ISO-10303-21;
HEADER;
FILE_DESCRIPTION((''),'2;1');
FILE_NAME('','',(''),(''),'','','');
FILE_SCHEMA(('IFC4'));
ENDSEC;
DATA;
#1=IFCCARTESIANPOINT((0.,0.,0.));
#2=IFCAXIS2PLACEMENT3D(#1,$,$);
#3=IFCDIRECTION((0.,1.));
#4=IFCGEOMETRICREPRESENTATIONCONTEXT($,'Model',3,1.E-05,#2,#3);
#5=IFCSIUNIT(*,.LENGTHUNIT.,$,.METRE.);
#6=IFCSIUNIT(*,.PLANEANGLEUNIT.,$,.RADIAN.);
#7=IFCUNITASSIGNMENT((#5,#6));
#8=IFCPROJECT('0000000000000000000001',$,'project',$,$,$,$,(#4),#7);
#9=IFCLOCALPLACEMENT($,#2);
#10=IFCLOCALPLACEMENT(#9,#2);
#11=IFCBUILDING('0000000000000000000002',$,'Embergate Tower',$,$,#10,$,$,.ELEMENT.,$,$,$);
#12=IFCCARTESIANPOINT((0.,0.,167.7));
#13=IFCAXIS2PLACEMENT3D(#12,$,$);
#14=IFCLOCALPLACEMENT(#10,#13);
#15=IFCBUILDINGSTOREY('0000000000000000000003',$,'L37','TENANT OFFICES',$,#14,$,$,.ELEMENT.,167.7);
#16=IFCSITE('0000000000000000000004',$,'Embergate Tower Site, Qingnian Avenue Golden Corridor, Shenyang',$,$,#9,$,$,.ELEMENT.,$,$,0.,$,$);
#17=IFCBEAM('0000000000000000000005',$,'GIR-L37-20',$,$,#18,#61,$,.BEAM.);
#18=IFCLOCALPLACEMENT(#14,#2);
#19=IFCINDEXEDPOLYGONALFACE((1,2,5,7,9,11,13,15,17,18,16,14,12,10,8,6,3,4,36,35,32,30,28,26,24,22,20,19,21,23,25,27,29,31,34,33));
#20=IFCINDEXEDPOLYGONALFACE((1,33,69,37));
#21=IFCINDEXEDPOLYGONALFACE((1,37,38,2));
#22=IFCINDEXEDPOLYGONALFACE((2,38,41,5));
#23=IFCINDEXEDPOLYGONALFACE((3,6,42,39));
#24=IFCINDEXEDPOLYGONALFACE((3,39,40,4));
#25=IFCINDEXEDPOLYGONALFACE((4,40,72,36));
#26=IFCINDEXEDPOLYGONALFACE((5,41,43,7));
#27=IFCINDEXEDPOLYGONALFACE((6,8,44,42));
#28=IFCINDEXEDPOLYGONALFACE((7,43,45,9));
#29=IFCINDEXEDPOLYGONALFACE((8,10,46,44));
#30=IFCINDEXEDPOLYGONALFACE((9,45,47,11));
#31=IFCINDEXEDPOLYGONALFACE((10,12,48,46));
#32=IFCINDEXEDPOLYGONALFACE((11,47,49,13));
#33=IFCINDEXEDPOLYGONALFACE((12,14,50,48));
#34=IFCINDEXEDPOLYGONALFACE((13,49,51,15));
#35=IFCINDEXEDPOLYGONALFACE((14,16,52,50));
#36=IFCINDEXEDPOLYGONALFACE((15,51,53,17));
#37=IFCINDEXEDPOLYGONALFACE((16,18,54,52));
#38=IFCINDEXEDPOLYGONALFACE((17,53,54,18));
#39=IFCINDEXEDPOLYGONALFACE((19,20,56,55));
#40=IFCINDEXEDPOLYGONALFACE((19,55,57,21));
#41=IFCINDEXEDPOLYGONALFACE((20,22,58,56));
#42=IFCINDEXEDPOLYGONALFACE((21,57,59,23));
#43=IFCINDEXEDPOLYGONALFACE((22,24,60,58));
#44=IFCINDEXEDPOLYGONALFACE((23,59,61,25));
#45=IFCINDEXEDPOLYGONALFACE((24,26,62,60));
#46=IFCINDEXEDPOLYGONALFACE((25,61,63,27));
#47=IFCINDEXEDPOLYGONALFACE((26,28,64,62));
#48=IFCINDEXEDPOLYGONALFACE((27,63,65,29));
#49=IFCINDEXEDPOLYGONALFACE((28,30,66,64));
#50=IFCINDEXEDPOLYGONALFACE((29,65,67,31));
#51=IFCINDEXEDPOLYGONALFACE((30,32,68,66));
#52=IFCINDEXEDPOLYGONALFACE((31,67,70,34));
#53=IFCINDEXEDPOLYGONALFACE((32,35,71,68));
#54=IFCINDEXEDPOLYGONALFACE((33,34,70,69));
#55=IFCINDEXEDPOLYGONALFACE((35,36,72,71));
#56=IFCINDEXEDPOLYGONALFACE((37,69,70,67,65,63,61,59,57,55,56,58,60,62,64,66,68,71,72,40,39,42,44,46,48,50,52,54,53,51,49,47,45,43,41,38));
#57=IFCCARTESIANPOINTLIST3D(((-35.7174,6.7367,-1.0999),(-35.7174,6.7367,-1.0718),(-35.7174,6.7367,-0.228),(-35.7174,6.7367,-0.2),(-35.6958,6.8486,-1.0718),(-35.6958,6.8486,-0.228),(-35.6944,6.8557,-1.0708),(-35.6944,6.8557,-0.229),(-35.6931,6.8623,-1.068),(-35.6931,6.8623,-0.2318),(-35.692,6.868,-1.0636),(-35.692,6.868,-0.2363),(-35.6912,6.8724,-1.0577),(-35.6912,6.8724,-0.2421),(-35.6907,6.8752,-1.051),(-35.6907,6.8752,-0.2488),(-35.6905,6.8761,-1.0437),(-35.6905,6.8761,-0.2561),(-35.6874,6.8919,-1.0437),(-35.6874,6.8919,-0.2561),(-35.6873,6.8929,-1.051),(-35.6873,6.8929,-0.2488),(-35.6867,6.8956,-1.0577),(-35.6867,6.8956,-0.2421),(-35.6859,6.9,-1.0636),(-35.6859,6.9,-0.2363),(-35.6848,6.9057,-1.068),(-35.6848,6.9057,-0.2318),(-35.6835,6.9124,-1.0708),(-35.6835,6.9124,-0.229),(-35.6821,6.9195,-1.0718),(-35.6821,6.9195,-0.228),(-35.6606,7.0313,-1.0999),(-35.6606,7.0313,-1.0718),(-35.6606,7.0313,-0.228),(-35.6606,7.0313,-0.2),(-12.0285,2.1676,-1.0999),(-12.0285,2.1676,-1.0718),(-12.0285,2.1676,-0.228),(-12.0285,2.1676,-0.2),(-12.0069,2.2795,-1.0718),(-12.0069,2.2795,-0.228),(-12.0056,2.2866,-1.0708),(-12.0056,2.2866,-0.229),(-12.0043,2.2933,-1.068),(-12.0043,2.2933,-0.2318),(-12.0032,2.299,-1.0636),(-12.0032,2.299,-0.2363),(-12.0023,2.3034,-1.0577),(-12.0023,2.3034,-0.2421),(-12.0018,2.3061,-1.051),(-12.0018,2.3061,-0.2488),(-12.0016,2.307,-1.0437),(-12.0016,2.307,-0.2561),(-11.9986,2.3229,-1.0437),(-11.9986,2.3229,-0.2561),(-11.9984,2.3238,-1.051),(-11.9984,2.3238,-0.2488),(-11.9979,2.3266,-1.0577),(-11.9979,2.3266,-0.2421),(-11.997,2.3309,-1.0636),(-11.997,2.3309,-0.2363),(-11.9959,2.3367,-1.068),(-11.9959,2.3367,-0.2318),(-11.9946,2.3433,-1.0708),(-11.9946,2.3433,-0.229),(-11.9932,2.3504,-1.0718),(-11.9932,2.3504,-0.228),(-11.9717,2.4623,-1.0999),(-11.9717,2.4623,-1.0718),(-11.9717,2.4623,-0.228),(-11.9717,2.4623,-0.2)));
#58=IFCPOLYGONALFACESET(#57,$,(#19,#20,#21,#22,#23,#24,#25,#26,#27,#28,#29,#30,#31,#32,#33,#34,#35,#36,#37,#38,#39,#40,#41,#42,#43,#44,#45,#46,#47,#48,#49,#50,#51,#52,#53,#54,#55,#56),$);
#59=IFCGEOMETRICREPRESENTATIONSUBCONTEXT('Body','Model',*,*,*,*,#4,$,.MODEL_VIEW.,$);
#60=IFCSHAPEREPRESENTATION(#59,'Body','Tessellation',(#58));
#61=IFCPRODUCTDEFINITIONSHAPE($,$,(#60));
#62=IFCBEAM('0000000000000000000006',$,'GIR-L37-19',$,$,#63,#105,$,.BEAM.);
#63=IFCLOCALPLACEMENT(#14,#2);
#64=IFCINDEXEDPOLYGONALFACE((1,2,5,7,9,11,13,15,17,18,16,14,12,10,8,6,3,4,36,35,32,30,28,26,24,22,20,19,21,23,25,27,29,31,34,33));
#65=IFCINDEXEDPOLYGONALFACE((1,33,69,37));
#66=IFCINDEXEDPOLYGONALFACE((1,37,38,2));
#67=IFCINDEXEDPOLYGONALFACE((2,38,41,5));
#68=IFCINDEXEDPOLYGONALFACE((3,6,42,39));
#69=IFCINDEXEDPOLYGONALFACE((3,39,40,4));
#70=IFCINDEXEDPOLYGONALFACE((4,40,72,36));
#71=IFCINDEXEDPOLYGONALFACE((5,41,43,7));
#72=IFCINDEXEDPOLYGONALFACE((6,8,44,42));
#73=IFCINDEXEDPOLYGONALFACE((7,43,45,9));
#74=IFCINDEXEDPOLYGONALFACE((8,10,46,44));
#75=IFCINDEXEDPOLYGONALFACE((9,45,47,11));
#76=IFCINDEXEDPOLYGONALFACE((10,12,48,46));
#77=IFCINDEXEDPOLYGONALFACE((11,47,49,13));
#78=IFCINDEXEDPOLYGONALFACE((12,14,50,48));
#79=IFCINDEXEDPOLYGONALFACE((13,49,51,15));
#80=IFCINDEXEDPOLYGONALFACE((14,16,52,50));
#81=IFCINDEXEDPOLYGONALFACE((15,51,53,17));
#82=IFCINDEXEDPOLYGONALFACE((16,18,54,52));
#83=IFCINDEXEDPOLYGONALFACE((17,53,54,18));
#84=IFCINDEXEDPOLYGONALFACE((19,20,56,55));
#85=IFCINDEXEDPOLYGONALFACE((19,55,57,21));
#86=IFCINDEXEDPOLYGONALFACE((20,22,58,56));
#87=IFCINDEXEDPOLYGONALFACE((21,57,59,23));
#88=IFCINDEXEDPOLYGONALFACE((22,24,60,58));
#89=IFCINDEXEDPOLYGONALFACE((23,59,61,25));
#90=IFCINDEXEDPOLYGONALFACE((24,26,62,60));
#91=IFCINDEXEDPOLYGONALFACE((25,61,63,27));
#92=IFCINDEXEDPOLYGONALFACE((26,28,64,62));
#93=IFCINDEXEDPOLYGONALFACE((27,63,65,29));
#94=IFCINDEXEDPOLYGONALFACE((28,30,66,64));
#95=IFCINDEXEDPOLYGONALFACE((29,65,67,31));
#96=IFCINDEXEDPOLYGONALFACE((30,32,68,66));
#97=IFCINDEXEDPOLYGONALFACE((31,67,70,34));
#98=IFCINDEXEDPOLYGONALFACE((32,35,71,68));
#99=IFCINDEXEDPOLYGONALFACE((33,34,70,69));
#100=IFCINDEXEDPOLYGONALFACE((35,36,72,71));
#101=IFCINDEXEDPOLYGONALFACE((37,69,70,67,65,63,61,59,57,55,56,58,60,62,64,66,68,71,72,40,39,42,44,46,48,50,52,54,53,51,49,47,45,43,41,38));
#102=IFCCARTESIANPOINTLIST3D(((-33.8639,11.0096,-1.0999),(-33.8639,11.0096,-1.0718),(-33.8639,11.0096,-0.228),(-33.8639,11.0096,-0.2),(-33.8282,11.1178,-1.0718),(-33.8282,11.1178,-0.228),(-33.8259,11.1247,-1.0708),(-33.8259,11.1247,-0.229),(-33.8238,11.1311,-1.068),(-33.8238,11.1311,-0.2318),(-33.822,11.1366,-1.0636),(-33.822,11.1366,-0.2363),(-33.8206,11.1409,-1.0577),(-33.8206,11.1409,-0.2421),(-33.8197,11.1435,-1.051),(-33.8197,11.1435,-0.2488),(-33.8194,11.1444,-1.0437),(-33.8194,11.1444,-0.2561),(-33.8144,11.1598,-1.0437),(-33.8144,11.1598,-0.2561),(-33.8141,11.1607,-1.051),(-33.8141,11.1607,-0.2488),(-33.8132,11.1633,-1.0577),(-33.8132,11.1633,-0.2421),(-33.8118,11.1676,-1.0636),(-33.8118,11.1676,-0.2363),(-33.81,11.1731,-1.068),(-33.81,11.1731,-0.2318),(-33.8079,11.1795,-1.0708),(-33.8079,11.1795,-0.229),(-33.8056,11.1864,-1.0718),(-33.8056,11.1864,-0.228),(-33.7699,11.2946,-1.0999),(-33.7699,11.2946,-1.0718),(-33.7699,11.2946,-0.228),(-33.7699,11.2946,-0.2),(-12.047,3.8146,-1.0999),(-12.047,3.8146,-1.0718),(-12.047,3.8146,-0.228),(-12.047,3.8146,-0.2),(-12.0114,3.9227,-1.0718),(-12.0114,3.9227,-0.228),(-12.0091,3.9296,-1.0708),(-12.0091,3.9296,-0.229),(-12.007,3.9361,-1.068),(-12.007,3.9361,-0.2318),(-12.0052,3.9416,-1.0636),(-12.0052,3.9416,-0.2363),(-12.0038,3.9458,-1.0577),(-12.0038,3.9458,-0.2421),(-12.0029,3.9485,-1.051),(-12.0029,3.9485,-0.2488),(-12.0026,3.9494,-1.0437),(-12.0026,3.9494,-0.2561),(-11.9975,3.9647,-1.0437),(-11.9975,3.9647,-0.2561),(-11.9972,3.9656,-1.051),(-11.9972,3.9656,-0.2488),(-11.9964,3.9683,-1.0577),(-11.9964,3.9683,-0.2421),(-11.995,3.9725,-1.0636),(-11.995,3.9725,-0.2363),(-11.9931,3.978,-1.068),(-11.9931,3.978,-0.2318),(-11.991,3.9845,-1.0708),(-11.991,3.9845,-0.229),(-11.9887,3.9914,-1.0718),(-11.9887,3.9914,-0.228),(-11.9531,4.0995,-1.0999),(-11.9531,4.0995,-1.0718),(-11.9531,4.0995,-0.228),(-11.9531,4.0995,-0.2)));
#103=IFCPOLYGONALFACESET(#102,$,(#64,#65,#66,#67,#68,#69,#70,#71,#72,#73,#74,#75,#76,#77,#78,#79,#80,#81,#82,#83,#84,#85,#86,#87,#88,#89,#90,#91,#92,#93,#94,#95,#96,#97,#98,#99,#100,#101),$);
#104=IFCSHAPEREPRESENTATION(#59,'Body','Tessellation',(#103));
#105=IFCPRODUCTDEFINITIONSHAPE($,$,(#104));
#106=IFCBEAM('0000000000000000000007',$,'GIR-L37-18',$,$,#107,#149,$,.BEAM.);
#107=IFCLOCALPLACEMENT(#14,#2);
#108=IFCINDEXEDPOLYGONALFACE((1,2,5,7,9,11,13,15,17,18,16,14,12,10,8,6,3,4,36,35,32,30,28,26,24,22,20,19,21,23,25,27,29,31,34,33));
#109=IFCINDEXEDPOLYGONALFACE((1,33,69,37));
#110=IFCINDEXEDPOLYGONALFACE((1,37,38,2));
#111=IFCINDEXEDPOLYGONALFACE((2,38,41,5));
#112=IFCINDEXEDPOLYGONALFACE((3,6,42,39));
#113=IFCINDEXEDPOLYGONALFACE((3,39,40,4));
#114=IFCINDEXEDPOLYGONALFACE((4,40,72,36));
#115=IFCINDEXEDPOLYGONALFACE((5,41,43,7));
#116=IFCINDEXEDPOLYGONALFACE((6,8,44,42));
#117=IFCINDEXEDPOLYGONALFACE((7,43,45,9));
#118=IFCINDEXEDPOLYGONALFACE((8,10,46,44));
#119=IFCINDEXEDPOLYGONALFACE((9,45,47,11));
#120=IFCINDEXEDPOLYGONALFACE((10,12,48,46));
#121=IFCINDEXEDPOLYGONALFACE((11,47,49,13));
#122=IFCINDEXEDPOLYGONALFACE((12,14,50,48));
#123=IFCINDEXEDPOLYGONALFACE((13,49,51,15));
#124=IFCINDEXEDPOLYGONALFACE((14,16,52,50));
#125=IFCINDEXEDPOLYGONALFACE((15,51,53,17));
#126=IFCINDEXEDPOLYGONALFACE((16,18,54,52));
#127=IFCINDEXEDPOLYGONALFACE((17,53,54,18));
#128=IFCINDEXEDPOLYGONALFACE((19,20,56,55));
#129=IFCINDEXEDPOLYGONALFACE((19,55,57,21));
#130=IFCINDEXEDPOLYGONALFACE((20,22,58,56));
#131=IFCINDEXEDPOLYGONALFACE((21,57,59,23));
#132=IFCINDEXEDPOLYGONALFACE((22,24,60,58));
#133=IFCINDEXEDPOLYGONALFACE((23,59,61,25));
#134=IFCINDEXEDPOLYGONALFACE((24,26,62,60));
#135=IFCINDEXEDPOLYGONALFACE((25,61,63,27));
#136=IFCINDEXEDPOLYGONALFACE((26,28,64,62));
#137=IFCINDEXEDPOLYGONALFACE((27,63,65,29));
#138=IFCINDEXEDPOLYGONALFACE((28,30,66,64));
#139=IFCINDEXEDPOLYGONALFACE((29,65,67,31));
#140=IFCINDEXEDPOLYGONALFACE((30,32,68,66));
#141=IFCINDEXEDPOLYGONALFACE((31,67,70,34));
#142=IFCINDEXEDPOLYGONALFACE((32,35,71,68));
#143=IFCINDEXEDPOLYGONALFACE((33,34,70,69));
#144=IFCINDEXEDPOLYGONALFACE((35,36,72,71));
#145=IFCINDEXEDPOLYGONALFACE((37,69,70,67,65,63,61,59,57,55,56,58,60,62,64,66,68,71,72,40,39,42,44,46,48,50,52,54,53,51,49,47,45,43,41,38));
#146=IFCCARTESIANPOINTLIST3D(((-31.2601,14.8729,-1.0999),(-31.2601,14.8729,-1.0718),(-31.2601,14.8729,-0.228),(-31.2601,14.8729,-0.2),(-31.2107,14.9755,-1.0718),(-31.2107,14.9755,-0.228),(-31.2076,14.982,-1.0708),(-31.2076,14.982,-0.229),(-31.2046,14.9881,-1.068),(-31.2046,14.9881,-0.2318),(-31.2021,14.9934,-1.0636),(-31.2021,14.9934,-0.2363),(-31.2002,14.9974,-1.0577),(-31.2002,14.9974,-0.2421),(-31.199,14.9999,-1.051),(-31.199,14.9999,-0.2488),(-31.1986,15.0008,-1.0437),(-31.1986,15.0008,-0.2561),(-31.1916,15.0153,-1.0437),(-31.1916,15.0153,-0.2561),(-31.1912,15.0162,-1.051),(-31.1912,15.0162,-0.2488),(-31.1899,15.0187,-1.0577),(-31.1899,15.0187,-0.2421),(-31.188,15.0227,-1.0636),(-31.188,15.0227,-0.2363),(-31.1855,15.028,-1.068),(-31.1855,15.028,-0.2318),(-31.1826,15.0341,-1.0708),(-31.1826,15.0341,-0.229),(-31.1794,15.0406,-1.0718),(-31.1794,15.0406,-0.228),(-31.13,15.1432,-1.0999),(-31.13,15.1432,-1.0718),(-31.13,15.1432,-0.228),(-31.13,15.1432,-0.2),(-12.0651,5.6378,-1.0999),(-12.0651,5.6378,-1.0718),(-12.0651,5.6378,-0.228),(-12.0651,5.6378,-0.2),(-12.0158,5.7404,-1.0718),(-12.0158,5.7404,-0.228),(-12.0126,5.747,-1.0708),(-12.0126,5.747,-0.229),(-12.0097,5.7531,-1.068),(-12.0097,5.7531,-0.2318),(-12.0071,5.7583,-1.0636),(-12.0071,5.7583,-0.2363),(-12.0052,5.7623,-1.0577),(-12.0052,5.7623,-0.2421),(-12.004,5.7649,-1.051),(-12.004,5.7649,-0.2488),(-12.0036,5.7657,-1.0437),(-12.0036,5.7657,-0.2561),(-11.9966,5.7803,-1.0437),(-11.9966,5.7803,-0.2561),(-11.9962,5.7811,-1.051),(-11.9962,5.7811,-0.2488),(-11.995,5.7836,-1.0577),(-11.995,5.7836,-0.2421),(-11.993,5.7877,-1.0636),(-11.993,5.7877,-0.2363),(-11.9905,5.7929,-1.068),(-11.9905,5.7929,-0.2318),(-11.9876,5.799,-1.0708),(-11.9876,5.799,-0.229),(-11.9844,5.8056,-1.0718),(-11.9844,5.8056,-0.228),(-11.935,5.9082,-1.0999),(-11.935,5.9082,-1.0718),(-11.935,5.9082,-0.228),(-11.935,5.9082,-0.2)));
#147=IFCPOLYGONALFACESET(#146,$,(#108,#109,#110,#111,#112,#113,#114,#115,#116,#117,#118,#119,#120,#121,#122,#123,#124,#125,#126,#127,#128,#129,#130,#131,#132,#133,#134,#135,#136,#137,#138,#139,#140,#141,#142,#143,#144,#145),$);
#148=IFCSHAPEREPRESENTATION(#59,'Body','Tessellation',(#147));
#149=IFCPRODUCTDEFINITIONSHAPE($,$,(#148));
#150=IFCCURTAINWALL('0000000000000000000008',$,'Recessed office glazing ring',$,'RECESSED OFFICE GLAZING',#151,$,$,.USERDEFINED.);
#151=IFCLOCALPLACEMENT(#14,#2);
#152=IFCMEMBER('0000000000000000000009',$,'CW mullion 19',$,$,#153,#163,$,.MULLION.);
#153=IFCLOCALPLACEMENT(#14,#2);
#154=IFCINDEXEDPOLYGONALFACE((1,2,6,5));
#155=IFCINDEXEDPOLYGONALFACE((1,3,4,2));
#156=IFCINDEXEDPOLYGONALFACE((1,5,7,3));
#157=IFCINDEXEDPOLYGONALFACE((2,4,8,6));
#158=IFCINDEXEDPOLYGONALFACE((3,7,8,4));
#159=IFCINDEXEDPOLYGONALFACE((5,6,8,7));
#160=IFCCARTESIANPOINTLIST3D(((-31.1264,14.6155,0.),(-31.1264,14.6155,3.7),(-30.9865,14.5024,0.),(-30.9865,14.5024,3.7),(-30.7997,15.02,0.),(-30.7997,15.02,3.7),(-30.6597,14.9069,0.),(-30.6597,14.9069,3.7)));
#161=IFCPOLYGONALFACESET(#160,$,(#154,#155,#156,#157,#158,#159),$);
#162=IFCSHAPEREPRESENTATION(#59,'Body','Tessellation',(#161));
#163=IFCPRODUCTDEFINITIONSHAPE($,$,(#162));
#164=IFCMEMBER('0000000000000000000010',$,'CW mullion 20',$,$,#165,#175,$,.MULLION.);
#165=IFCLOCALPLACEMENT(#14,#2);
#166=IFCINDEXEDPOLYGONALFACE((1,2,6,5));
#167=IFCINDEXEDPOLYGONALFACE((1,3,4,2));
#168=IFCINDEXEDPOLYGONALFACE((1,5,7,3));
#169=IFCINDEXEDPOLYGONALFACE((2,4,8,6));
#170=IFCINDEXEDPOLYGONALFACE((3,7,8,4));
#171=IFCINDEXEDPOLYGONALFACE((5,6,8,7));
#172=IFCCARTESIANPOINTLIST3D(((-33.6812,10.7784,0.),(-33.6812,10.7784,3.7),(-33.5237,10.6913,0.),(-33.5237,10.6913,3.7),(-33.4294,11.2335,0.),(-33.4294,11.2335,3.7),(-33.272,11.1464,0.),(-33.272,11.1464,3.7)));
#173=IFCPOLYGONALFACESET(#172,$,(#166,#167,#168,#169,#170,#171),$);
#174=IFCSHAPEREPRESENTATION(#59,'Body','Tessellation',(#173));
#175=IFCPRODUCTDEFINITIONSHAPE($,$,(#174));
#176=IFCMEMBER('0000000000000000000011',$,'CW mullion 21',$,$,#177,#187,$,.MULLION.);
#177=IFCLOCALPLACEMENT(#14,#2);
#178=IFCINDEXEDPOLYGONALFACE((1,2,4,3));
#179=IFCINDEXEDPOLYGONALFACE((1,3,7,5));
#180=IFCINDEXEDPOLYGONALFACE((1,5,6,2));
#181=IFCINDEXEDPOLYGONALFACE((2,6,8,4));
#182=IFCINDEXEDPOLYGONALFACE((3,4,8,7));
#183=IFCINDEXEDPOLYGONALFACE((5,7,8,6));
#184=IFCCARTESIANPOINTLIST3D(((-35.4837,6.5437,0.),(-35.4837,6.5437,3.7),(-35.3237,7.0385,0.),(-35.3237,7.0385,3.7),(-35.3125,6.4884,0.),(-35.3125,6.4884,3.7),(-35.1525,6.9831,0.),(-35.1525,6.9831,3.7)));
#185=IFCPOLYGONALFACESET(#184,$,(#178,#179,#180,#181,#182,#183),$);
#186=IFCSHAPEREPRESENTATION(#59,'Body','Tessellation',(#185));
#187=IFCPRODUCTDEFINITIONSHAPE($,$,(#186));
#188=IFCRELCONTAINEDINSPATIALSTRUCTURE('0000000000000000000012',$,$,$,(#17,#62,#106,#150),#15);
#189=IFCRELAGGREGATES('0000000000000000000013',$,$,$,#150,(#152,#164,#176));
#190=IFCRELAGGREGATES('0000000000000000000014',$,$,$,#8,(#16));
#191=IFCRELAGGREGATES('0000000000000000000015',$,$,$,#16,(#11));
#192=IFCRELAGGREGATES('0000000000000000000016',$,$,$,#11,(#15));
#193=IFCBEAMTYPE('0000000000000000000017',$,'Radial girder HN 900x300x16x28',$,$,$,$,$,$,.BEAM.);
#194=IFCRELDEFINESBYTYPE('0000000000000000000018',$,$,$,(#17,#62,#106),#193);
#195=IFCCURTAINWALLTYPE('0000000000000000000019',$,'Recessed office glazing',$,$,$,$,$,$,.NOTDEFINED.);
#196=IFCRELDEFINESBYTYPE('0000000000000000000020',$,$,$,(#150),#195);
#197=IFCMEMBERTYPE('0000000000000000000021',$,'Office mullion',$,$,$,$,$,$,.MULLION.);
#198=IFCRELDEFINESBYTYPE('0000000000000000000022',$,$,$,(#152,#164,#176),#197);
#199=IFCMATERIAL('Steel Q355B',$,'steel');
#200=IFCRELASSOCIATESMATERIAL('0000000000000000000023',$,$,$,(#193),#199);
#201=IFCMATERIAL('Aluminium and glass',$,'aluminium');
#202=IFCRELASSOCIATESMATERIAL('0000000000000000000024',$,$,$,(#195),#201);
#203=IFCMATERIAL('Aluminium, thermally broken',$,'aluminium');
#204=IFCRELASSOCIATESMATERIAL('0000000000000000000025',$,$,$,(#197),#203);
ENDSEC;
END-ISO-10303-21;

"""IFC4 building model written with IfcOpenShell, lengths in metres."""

from ifc_helpers import new_model, si_unit, direction, frame, origin, origin_2d, place, context, subcontext, project, spatial, rectangle, i_section, extrude, source, transform, mapped, material, material_profile, profile_set, type_object, element, aggregate, save


model = new_model("IFC4")

# Units and contexts
model_context = context("Model", 3, precision=1e-05, world=origin(), true_north=direction((0.0, 1.0)))
body_context = subcontext(model_context, "Body", "Model", "MODEL_VIEW")
ifc_project = project(units=[si_unit("LENGTHUNIT", "METRE"), si_unit("PLANEANGLEUNIT", "RADIAN")], contexts=[model_context])

# Site, building, storey
site_placement = place(None, origin())
site = spatial("IfcSite", under=ifc_project, at=site_placement, Name="Embergate Tower Site, Qingnian Avenue Golden Corridor, Shenyang", CompositionType="ELEMENT", RefElevation=0.0)
building_placement = place(site_placement, origin())
building = spatial("IfcBuilding", under=site, at=building_placement, Name="Embergate Tower", CompositionType="ELEMENT")
storey_placement = place(building_placement, frame((0.0, 0.0, 167.7)))
storey = spatial("IfcBuildingStorey", under=building, at=storey_placement, Name="L37", Description="TENANT OFFICES", CompositionType="ELEMENT", Elevation=167.7)

# Beams
ifc_material_1 = material(Name="Steel Q355B", Category="steel")
ifc_material_profile_1 = material_profile(ifc_material_1, i_section(OverallWidth=0.3, OverallDepth=0.8999, WebThickness=0.0161, FlangeThickness=0.0281, FilletRadius=0.0281, at=origin_2d()), Name="HN 900x300x16x28")
ifc_profile_set_1 = profile_set([ifc_material_profile_1], Name="Steel Q355 grade B")
beam_type_1 = type_object("IfcBeamType", Name="Radial girder HN 900x300x16x28", PredefinedType="BEAM", material=ifc_profile_set_1)
shared_shape_1 = source(origin(), body_context, "Body", "SweptSolid", [
    extrude(i_section(OverallWidth=0.3, OverallDepth=0.8999, WebThickness=0.0161, FlangeThickness=0.0281, FilletRadius=0.0281, at=origin_2d()), origin(), (0.0, 0.0, 1.0), 24.1255),
])
beam_1_placement = place(storey_placement, frame((-35.689, 6.884, -0.6499), z_axis=(0.981902, -0.189388, 0.0), x_axis=(0.189388, 0.981902, 0.0)))
element("IfcBeam", 1, at=beam_1_placement, inside=storey, type_object=beam_type_1, Name="GIR-L37-20", PredefinedType="BEAM", context=body_context, shape_type="MappedRepresentation", body=[
    mapped(shared_shape_1, transform((0.0, 0.0, 0.0))),
])
shared_shape_2 = source(origin(), body_context, "Body", "SweptSolid", [
    extrude(i_section(OverallWidth=0.3, OverallDepth=0.8999, WebThickness=0.0161, FlangeThickness=0.0281, FilletRadius=0.0281, at=origin_2d()), origin(), (0.0, 0.0, 1.0), 22.9727),
])
beam_2_placement = place(storey_placement, frame((-33.8169, 11.1521, -0.6499), z_axis=(0.949687, -0.313201, 0.0), x_axis=(0.313201, 0.949687, 0.0)))
element("IfcBeam", 2, at=beam_2_placement, inside=storey, type_object=beam_type_1, Name="GIR-L37-19", PredefinedType="BEAM", context=body_context, shape_type="MappedRepresentation", body=[
    mapped(shared_shape_2, transform((0.0, 0.0, 0.0))),
])
shared_shape_3 = source(origin(), body_context, "Body", "SweptSolid", [
    extrude(i_section(OverallWidth=0.3, OverallDepth=0.8999, WebThickness=0.0161, FlangeThickness=0.0281, FilletRadius=0.0281, at=origin_2d()), origin(), (0.0, 0.0, 1.0), 21.301),
])
beam_3_placement = place(storey_placement, frame((-31.1951, 15.0081, -0.6499), z_axis=(0.901129, -0.43355, 0.0), x_axis=(0.43355, 0.901129, 0.0)))
element("IfcBeam", 3, at=beam_3_placement, inside=storey, type_object=beam_type_1, Name="GIR-L37-18", PredefinedType="BEAM", context=body_context, shape_type="MappedRepresentation", body=[
    mapped(shared_shape_3, transform((0.0, 0.0, 0.0))),
])

# Curtain wall, members
ifc_material_2 = material(Name="Aluminium and glass", Category="aluminium")
curtain_wall_type = type_object("IfcCurtainWallType", Name="Recessed office glazing", PredefinedType="NOTDEFINED", material=ifc_material_2)
curtain_wall_placement = place(storey_placement, origin())
curtain_wall = element("IfcCurtainWall", 4, at=curtain_wall_placement, inside=storey, type_object=curtain_wall_type, Name="Recessed office glazing ring", ObjectType="RECESSED OFFICE GLAZING", PredefinedType="USERDEFINED")
ifc_material_3 = material(Name="Aluminium, thermally broken", Category="aluminium")
ifc_material_profile_2 = material_profile(ifc_material_3, rectangle(XDim=0.1799, YDim=0.52, at=origin_2d()), Name="AL 520x180")
ifc_profile_set_2 = profile_set([ifc_material_profile_2], Name="Aluminium, thermally broken")
member_type_1 = type_object("IfcMemberType", Name="Office mullion", PredefinedType="MULLION", material=ifc_profile_set_2)
shared_shape_4 = source(origin(), body_context, "Body", "SweptSolid", [
    extrude(rectangle(XDim=0.1799, YDim=0.52, at=origin_2d()), origin(), (0.0, 0.0, 1.0), 3.7),
])
member_1_placement = place(storey_placement, frame((-30.8931, 14.7612, 0.0), z_axis=(0.0, 0.0, 1.0), x_axis=(0.777873, -0.628422, 0.0)))
member_1 = element("IfcMember", 5, at=member_1_placement, type_object=member_type_1, Name="CW mullion 19", PredefinedType="MULLION", context=body_context, shape_type="MappedRepresentation", body=[
    mapped(shared_shape_4, transform((0.0, 0.0, 0.0))),
])
member_2_placement = place(storey_placement, frame((-33.4766, 10.9624, 0.0), z_axis=(0.0, 0.0, 1.0), x_axis=(0.875002, -0.484119, 0.0)))
member_2 = element("IfcMember", 6, at=member_2_placement, type_object=member_type_1, Name="CW mullion 20", PredefinedType="MULLION", context=body_context, shape_type="MappedRepresentation", body=[
    mapped(shared_shape_4, transform((0.0, 0.0, 0.0))),
])
member_3_placement = place(storey_placement, frame((-35.3181, 6.7634, 0.0), z_axis=(0.0, 0.0, 1.0), x_axis=(0.951498, -0.307656, 0.0)))
member_3 = element("IfcMember", 7, at=member_3_placement, type_object=member_type_1, Name="CW mullion 21", PredefinedType="MULLION", context=body_context, shape_type="MappedRepresentation", body=[
    mapped(shared_shape_4, transform((0.0, 0.0, 0.0))),
])
aggregate(curtain_wall, [member_1, member_2, member_3])

save(model, "model.ifc")
